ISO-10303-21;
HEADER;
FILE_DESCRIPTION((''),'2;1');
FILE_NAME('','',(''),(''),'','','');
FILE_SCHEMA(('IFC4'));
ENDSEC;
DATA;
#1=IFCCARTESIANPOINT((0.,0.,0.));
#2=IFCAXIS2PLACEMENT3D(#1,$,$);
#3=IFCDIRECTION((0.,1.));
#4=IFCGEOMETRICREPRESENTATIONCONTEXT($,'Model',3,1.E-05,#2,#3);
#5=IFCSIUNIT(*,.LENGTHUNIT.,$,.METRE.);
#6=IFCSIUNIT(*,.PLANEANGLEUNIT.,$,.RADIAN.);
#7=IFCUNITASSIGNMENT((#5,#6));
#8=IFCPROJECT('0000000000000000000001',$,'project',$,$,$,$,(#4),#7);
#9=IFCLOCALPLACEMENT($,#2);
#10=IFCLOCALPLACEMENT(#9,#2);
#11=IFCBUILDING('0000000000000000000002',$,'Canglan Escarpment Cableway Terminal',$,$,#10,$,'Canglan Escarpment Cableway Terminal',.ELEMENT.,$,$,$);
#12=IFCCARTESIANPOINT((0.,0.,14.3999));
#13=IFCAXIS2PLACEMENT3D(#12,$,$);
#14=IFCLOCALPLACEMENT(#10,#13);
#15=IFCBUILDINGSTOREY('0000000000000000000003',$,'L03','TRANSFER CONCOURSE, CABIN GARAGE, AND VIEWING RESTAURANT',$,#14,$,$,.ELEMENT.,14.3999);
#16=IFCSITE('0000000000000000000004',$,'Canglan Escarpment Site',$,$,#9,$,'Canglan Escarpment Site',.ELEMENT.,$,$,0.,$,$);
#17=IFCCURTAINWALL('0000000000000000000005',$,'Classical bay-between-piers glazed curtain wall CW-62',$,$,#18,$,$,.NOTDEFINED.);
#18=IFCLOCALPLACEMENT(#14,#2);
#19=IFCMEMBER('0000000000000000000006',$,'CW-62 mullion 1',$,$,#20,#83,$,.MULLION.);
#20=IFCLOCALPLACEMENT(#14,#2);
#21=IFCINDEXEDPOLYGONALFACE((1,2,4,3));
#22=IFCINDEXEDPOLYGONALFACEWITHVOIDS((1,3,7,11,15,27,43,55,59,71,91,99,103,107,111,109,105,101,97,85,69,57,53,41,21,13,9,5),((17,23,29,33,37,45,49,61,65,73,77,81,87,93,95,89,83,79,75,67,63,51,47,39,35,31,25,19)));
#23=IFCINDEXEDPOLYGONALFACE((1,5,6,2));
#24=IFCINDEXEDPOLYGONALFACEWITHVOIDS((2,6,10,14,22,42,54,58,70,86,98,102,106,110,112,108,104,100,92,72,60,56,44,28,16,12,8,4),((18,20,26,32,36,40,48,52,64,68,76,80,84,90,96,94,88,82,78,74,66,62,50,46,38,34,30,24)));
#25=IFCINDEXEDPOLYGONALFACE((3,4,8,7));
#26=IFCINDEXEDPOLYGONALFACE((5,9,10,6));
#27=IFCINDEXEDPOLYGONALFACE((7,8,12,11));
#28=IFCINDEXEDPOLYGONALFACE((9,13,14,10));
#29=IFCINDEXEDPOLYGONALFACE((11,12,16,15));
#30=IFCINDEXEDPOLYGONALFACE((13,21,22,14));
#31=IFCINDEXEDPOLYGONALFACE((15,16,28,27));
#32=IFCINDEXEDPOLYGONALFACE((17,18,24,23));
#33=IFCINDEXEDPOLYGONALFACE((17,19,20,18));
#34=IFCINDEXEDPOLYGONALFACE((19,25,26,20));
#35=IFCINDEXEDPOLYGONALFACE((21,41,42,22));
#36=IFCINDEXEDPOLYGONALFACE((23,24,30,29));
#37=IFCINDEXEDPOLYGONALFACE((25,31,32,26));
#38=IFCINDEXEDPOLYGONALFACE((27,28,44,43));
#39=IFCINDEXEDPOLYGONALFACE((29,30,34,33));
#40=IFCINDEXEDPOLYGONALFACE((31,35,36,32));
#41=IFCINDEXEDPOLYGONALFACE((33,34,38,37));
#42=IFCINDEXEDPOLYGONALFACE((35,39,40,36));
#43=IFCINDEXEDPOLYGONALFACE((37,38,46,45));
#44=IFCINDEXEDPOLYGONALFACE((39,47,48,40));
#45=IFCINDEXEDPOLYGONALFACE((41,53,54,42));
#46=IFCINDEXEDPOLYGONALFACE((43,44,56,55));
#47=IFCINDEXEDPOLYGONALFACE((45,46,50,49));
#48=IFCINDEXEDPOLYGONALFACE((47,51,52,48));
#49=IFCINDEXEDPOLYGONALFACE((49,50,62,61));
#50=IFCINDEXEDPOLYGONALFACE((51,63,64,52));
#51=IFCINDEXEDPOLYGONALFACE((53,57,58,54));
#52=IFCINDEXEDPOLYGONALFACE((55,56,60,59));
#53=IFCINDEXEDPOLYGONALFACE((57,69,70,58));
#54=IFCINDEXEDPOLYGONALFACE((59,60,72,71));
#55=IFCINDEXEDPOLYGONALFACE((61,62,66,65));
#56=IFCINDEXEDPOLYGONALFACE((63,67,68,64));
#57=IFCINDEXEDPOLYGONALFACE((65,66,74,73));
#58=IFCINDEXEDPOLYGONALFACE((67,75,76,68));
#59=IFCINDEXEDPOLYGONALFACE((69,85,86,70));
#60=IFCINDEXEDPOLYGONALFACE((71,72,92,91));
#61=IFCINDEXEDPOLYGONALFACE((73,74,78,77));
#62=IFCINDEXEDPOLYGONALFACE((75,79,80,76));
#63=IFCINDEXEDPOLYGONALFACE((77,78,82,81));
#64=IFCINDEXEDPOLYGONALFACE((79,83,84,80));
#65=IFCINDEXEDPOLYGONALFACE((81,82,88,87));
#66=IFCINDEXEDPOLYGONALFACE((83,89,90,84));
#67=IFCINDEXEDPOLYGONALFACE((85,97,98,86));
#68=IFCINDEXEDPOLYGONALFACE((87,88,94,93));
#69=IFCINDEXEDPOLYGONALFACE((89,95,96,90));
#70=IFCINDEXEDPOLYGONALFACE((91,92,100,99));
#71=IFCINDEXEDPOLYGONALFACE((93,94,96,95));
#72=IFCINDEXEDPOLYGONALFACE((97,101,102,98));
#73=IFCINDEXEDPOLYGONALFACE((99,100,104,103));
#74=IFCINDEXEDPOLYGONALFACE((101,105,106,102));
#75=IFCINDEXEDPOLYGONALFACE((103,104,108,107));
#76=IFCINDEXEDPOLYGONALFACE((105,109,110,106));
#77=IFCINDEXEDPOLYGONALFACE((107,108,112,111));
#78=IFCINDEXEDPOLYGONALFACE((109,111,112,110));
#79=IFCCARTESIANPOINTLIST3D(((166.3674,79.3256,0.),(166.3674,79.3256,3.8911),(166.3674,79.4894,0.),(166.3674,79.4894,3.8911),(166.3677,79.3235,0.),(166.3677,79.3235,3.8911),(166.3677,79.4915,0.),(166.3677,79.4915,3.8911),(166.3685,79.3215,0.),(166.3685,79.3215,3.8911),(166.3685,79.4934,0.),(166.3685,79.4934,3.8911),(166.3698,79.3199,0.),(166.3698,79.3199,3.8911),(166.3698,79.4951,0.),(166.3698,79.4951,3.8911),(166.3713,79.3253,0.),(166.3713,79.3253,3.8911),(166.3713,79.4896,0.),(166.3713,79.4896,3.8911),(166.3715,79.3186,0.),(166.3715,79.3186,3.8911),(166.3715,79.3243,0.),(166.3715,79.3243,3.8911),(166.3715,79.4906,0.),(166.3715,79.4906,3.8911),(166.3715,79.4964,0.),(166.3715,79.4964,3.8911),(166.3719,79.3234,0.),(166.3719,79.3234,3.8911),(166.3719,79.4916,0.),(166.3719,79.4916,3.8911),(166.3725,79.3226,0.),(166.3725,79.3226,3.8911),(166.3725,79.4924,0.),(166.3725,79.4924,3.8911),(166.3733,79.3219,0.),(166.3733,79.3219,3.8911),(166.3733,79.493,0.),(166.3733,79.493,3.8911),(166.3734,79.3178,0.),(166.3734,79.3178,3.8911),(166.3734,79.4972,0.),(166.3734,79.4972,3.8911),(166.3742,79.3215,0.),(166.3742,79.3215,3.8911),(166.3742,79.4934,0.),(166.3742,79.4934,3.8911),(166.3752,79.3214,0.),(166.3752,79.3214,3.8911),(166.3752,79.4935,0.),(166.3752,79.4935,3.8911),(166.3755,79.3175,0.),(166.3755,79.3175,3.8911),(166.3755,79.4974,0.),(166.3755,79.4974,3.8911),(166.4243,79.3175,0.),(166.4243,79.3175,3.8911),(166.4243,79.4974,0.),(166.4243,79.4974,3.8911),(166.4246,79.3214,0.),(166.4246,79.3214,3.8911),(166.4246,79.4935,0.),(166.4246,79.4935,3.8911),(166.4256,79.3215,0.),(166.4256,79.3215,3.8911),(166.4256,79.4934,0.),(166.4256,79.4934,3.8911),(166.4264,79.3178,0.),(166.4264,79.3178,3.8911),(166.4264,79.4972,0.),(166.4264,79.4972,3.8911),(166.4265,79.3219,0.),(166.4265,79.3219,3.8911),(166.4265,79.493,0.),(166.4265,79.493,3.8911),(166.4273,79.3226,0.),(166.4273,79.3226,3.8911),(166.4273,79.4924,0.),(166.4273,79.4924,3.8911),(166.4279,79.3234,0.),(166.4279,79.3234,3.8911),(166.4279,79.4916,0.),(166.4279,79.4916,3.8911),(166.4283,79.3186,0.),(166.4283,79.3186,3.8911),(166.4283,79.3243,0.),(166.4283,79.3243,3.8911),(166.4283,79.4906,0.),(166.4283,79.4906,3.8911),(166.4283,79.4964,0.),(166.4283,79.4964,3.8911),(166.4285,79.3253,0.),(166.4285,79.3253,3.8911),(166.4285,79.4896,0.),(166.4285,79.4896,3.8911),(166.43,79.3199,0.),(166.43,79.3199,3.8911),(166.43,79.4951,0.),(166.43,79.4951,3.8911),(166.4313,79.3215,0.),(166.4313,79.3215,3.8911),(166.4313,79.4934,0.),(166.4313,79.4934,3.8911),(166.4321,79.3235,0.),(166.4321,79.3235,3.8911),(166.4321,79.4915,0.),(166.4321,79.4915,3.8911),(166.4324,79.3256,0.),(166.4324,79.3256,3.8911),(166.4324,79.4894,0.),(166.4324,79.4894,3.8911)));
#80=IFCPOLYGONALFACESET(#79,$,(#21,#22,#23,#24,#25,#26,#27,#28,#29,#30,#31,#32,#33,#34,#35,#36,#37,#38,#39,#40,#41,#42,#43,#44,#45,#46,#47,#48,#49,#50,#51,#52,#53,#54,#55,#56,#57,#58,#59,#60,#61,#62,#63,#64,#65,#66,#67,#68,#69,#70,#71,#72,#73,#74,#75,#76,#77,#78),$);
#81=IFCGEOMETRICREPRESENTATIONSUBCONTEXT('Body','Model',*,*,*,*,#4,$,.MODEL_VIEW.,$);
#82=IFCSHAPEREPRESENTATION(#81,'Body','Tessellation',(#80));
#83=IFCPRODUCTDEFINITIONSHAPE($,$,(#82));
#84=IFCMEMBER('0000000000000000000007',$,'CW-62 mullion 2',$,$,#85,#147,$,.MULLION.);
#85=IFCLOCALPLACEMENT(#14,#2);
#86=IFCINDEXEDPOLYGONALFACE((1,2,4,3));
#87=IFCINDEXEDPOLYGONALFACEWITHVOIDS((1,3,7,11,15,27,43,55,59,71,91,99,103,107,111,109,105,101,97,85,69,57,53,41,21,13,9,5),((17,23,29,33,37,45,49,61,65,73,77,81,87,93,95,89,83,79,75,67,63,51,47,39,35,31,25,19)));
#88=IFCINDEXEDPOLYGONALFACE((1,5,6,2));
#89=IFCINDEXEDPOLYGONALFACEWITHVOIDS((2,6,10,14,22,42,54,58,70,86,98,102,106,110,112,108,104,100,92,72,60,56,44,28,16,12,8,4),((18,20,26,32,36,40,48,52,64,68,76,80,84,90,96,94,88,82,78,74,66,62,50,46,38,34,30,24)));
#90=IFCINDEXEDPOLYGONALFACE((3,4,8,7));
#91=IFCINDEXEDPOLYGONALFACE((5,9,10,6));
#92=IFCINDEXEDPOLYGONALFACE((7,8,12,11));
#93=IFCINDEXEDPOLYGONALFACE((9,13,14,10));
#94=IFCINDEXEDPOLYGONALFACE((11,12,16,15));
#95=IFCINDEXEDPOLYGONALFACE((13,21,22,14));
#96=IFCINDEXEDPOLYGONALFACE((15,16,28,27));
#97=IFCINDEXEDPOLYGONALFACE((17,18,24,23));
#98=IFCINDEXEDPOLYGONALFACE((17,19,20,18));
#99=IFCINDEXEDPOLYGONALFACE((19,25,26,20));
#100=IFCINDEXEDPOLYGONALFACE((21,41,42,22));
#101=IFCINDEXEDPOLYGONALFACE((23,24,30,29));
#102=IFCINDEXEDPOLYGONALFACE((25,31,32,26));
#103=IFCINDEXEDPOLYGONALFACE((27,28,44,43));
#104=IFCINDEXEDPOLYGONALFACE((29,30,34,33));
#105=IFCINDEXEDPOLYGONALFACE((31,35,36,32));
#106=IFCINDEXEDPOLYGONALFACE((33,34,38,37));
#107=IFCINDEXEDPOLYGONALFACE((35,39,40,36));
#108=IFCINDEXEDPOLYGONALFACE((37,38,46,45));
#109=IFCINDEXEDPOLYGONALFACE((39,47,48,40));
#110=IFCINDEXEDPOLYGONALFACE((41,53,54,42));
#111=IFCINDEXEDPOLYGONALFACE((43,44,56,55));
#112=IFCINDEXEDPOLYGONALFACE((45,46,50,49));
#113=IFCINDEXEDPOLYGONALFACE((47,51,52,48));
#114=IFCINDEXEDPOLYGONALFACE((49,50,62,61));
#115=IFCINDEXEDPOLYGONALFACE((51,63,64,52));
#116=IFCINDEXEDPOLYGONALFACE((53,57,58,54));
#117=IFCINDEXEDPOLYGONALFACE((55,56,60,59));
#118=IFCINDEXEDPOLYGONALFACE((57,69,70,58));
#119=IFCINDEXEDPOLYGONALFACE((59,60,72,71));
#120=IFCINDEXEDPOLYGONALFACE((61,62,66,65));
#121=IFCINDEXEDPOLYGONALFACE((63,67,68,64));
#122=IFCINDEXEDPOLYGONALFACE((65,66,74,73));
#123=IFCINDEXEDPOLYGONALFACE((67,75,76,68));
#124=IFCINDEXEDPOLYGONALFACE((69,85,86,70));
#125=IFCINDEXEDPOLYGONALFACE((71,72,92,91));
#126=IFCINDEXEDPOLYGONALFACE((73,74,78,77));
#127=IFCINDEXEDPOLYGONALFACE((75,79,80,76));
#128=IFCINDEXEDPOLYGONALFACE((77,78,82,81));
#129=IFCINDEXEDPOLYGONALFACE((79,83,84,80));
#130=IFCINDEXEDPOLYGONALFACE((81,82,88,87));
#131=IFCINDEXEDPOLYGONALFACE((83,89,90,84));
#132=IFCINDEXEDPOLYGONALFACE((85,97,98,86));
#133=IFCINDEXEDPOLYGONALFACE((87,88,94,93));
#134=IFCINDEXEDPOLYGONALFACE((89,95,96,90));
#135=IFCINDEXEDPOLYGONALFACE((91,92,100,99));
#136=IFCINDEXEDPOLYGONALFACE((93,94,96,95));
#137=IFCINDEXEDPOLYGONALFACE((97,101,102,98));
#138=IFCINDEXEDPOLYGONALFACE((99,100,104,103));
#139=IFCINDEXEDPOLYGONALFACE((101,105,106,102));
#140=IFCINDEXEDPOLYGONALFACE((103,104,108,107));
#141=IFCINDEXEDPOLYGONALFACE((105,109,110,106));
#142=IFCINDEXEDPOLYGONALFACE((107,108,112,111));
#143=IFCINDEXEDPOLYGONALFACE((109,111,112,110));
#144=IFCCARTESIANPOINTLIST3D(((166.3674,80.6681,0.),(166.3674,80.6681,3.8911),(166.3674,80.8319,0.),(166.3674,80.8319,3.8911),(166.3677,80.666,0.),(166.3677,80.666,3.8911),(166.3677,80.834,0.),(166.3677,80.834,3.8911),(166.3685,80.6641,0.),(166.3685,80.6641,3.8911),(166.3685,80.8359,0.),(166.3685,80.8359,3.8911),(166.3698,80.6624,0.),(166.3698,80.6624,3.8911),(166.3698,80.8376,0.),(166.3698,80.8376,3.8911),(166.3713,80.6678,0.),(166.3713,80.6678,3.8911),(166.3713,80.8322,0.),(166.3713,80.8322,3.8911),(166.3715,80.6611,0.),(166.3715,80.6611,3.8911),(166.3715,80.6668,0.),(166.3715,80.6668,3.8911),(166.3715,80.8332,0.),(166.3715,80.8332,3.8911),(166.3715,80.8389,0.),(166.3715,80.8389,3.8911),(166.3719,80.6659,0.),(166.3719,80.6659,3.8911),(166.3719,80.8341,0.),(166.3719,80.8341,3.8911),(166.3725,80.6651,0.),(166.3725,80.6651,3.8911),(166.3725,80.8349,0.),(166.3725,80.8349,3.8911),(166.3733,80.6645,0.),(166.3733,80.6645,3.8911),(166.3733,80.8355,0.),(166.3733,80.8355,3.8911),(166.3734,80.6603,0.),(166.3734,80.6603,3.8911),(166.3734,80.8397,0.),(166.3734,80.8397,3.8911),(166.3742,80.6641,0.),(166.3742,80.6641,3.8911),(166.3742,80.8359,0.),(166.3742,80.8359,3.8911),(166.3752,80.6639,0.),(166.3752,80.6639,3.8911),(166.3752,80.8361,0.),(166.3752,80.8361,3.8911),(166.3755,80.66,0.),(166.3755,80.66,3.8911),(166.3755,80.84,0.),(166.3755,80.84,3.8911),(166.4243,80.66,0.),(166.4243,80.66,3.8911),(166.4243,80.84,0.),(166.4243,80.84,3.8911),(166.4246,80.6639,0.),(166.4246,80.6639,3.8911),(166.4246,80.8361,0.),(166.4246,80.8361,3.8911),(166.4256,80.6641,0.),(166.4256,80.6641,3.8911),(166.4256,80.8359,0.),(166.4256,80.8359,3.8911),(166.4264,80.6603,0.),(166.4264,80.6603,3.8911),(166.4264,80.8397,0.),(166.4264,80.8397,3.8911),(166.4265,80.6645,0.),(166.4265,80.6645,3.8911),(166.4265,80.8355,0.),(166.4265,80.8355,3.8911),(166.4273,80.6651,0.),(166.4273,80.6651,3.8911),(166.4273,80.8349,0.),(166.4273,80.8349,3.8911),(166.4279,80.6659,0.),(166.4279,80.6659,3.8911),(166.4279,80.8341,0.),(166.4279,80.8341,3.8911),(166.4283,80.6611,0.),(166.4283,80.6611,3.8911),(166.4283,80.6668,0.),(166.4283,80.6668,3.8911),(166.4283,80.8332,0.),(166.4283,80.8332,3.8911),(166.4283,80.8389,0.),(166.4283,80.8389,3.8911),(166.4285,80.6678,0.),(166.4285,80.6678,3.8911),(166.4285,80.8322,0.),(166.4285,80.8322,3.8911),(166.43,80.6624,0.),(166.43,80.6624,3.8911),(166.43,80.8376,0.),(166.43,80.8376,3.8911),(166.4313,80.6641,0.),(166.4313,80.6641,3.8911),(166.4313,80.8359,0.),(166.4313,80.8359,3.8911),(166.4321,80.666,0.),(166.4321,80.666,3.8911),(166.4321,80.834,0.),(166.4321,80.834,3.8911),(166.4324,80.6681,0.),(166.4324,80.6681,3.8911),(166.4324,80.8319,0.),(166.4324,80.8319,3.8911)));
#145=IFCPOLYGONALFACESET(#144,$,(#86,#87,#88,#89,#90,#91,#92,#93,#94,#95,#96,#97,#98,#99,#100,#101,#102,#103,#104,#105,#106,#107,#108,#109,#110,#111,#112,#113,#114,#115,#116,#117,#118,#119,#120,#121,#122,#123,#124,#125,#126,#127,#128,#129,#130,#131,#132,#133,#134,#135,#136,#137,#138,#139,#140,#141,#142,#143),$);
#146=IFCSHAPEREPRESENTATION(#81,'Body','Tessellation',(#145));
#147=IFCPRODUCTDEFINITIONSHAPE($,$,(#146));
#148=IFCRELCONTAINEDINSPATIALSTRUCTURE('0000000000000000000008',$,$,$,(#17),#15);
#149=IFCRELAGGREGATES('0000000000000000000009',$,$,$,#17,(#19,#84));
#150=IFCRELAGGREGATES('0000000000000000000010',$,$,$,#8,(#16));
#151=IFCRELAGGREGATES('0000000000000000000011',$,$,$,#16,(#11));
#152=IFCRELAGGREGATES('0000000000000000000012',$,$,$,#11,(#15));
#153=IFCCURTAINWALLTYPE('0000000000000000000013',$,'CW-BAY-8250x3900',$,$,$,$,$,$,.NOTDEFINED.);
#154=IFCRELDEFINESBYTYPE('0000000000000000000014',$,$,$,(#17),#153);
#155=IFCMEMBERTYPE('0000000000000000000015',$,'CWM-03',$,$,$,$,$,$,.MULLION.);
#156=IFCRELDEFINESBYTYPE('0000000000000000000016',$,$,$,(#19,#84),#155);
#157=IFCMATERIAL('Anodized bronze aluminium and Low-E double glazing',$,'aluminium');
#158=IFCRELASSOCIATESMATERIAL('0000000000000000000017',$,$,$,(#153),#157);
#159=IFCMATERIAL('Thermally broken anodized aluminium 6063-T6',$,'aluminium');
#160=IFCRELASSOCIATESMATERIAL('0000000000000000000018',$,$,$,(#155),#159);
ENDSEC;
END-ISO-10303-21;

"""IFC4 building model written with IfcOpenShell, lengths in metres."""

from ifc_helpers import new_model, si_unit, direction, frame, origin, origin_2d, place, context, subcontext, project, spatial, hollow_rectangle, extrude, material, material_profile, profile_set, type_object, element, aggregate, save


model = new_model("IFC4")

# Units and contexts
model_context = context("Model", 3, precision=1e-05, world=origin(), true_north=direction((0.0, 1.0)))
body_context = subcontext(model_context, "Body", "Model", "MODEL_VIEW")
ifc_project = project(units=[si_unit("LENGTHUNIT", "METRE"), si_unit("PLANEANGLEUNIT", "RADIAN")], contexts=[model_context])

# Site, building, storey
site_placement = place(None, origin())
site = spatial("IfcSite", under=ifc_project, at=site_placement, Name="Canglan Escarpment Site", LongName="Canglan Escarpment Site", CompositionType="ELEMENT", RefElevation=0.0)
building_placement = place(site_placement, origin())
building = spatial("IfcBuilding", under=site, at=building_placement, Name="Canglan Escarpment Cableway Terminal", LongName="Canglan Escarpment Cableway Terminal", CompositionType="ELEMENT")
storey_placement = place(building_placement, frame((0.0, 0.0, 14.3999)))
storey = spatial("IfcBuildingStorey", under=building, at=storey_placement, Name="L03", Description="TRANSFER CONCOURSE, CABIN GARAGE, AND VIEWING RESTAURANT", CompositionType="ELEMENT", Elevation=14.3999)

# Curtain wall, members
ifc_material_1 = material(Name="Anodized bronze aluminium and Low-E double glazing", Category="aluminium")
curtain_wall_type = type_object("IfcCurtainWallType", Name="CW-BAY-8250x3900", PredefinedType="NOTDEFINED", material=ifc_material_1)
curtain_wall_placement = place(storey_placement, origin())
curtain_wall = element("IfcCurtainWall", 1, at=curtain_wall_placement, inside=storey, type_object=curtain_wall_type, Name="Classical bay-between-piers glazed curtain wall CW-62", PredefinedType="NOTDEFINED")
ifc_material_2 = material(Name="Thermally broken anodized aluminium 6063-T6", Category="aluminium")
ifc_material_profile_1 = material_profile(ifc_material_2, hollow_rectangle(XDim=0.0649, YDim=0.1799, WallThickness=0.0039, InnerFilletRadius=0.0039, OuterFilletRadius=0.0081, at=origin_2d()), Name="ALU-MULL 65x180x4")
ifc_profile_set_1 = profile_set([ifc_material_profile_1], Name="Thermally broken anodized aluminium 6063-T6")
member_type_1 = type_object("IfcMemberType", Name="CWM-03", PredefinedType="MULLION", material=ifc_profile_set_1)
member_1_placement = place(storey_placement, frame((166.3999, 79.4075, 0.0), z_axis=(0.0, 0.0, 1.0), x_axis=(-1.0, 0.0, 0.0)))
member_1 = element("IfcMember", 2, at=member_1_placement, type_object=member_type_1, Name="CW-62 mullion 1", PredefinedType="MULLION", context=body_context, shape_type="SweptSolid", body=[
    extrude(hollow_rectangle(XDim=0.0649, YDim=0.1799, WallThickness=0.0039, InnerFilletRadius=0.0039, OuterFilletRadius=0.0081, at=origin_2d()), origin(), (0.0, 0.0, 1.0), 3.8911),
])
member_2_placement = place(storey_placement, frame((166.3999, 80.75, 0.0), z_axis=(0.0, 0.0, 1.0), x_axis=(-1.0, 0.0, 0.0)))
member_2 = element("IfcMember", 3, at=member_2_placement, type_object=member_type_1, Name="CW-62 mullion 2", PredefinedType="MULLION", context=body_context, shape_type="SweptSolid", body=[
    extrude(hollow_rectangle(XDim=0.0649, YDim=0.1799, WallThickness=0.0039, InnerFilletRadius=0.0039, OuterFilletRadius=0.0081, at=origin_2d()), origin(), (0.0, 0.0, 1.0), 3.8911),
])
aggregate(curtain_wall, [member_1, member_2])

save(model, "model.ifc")
